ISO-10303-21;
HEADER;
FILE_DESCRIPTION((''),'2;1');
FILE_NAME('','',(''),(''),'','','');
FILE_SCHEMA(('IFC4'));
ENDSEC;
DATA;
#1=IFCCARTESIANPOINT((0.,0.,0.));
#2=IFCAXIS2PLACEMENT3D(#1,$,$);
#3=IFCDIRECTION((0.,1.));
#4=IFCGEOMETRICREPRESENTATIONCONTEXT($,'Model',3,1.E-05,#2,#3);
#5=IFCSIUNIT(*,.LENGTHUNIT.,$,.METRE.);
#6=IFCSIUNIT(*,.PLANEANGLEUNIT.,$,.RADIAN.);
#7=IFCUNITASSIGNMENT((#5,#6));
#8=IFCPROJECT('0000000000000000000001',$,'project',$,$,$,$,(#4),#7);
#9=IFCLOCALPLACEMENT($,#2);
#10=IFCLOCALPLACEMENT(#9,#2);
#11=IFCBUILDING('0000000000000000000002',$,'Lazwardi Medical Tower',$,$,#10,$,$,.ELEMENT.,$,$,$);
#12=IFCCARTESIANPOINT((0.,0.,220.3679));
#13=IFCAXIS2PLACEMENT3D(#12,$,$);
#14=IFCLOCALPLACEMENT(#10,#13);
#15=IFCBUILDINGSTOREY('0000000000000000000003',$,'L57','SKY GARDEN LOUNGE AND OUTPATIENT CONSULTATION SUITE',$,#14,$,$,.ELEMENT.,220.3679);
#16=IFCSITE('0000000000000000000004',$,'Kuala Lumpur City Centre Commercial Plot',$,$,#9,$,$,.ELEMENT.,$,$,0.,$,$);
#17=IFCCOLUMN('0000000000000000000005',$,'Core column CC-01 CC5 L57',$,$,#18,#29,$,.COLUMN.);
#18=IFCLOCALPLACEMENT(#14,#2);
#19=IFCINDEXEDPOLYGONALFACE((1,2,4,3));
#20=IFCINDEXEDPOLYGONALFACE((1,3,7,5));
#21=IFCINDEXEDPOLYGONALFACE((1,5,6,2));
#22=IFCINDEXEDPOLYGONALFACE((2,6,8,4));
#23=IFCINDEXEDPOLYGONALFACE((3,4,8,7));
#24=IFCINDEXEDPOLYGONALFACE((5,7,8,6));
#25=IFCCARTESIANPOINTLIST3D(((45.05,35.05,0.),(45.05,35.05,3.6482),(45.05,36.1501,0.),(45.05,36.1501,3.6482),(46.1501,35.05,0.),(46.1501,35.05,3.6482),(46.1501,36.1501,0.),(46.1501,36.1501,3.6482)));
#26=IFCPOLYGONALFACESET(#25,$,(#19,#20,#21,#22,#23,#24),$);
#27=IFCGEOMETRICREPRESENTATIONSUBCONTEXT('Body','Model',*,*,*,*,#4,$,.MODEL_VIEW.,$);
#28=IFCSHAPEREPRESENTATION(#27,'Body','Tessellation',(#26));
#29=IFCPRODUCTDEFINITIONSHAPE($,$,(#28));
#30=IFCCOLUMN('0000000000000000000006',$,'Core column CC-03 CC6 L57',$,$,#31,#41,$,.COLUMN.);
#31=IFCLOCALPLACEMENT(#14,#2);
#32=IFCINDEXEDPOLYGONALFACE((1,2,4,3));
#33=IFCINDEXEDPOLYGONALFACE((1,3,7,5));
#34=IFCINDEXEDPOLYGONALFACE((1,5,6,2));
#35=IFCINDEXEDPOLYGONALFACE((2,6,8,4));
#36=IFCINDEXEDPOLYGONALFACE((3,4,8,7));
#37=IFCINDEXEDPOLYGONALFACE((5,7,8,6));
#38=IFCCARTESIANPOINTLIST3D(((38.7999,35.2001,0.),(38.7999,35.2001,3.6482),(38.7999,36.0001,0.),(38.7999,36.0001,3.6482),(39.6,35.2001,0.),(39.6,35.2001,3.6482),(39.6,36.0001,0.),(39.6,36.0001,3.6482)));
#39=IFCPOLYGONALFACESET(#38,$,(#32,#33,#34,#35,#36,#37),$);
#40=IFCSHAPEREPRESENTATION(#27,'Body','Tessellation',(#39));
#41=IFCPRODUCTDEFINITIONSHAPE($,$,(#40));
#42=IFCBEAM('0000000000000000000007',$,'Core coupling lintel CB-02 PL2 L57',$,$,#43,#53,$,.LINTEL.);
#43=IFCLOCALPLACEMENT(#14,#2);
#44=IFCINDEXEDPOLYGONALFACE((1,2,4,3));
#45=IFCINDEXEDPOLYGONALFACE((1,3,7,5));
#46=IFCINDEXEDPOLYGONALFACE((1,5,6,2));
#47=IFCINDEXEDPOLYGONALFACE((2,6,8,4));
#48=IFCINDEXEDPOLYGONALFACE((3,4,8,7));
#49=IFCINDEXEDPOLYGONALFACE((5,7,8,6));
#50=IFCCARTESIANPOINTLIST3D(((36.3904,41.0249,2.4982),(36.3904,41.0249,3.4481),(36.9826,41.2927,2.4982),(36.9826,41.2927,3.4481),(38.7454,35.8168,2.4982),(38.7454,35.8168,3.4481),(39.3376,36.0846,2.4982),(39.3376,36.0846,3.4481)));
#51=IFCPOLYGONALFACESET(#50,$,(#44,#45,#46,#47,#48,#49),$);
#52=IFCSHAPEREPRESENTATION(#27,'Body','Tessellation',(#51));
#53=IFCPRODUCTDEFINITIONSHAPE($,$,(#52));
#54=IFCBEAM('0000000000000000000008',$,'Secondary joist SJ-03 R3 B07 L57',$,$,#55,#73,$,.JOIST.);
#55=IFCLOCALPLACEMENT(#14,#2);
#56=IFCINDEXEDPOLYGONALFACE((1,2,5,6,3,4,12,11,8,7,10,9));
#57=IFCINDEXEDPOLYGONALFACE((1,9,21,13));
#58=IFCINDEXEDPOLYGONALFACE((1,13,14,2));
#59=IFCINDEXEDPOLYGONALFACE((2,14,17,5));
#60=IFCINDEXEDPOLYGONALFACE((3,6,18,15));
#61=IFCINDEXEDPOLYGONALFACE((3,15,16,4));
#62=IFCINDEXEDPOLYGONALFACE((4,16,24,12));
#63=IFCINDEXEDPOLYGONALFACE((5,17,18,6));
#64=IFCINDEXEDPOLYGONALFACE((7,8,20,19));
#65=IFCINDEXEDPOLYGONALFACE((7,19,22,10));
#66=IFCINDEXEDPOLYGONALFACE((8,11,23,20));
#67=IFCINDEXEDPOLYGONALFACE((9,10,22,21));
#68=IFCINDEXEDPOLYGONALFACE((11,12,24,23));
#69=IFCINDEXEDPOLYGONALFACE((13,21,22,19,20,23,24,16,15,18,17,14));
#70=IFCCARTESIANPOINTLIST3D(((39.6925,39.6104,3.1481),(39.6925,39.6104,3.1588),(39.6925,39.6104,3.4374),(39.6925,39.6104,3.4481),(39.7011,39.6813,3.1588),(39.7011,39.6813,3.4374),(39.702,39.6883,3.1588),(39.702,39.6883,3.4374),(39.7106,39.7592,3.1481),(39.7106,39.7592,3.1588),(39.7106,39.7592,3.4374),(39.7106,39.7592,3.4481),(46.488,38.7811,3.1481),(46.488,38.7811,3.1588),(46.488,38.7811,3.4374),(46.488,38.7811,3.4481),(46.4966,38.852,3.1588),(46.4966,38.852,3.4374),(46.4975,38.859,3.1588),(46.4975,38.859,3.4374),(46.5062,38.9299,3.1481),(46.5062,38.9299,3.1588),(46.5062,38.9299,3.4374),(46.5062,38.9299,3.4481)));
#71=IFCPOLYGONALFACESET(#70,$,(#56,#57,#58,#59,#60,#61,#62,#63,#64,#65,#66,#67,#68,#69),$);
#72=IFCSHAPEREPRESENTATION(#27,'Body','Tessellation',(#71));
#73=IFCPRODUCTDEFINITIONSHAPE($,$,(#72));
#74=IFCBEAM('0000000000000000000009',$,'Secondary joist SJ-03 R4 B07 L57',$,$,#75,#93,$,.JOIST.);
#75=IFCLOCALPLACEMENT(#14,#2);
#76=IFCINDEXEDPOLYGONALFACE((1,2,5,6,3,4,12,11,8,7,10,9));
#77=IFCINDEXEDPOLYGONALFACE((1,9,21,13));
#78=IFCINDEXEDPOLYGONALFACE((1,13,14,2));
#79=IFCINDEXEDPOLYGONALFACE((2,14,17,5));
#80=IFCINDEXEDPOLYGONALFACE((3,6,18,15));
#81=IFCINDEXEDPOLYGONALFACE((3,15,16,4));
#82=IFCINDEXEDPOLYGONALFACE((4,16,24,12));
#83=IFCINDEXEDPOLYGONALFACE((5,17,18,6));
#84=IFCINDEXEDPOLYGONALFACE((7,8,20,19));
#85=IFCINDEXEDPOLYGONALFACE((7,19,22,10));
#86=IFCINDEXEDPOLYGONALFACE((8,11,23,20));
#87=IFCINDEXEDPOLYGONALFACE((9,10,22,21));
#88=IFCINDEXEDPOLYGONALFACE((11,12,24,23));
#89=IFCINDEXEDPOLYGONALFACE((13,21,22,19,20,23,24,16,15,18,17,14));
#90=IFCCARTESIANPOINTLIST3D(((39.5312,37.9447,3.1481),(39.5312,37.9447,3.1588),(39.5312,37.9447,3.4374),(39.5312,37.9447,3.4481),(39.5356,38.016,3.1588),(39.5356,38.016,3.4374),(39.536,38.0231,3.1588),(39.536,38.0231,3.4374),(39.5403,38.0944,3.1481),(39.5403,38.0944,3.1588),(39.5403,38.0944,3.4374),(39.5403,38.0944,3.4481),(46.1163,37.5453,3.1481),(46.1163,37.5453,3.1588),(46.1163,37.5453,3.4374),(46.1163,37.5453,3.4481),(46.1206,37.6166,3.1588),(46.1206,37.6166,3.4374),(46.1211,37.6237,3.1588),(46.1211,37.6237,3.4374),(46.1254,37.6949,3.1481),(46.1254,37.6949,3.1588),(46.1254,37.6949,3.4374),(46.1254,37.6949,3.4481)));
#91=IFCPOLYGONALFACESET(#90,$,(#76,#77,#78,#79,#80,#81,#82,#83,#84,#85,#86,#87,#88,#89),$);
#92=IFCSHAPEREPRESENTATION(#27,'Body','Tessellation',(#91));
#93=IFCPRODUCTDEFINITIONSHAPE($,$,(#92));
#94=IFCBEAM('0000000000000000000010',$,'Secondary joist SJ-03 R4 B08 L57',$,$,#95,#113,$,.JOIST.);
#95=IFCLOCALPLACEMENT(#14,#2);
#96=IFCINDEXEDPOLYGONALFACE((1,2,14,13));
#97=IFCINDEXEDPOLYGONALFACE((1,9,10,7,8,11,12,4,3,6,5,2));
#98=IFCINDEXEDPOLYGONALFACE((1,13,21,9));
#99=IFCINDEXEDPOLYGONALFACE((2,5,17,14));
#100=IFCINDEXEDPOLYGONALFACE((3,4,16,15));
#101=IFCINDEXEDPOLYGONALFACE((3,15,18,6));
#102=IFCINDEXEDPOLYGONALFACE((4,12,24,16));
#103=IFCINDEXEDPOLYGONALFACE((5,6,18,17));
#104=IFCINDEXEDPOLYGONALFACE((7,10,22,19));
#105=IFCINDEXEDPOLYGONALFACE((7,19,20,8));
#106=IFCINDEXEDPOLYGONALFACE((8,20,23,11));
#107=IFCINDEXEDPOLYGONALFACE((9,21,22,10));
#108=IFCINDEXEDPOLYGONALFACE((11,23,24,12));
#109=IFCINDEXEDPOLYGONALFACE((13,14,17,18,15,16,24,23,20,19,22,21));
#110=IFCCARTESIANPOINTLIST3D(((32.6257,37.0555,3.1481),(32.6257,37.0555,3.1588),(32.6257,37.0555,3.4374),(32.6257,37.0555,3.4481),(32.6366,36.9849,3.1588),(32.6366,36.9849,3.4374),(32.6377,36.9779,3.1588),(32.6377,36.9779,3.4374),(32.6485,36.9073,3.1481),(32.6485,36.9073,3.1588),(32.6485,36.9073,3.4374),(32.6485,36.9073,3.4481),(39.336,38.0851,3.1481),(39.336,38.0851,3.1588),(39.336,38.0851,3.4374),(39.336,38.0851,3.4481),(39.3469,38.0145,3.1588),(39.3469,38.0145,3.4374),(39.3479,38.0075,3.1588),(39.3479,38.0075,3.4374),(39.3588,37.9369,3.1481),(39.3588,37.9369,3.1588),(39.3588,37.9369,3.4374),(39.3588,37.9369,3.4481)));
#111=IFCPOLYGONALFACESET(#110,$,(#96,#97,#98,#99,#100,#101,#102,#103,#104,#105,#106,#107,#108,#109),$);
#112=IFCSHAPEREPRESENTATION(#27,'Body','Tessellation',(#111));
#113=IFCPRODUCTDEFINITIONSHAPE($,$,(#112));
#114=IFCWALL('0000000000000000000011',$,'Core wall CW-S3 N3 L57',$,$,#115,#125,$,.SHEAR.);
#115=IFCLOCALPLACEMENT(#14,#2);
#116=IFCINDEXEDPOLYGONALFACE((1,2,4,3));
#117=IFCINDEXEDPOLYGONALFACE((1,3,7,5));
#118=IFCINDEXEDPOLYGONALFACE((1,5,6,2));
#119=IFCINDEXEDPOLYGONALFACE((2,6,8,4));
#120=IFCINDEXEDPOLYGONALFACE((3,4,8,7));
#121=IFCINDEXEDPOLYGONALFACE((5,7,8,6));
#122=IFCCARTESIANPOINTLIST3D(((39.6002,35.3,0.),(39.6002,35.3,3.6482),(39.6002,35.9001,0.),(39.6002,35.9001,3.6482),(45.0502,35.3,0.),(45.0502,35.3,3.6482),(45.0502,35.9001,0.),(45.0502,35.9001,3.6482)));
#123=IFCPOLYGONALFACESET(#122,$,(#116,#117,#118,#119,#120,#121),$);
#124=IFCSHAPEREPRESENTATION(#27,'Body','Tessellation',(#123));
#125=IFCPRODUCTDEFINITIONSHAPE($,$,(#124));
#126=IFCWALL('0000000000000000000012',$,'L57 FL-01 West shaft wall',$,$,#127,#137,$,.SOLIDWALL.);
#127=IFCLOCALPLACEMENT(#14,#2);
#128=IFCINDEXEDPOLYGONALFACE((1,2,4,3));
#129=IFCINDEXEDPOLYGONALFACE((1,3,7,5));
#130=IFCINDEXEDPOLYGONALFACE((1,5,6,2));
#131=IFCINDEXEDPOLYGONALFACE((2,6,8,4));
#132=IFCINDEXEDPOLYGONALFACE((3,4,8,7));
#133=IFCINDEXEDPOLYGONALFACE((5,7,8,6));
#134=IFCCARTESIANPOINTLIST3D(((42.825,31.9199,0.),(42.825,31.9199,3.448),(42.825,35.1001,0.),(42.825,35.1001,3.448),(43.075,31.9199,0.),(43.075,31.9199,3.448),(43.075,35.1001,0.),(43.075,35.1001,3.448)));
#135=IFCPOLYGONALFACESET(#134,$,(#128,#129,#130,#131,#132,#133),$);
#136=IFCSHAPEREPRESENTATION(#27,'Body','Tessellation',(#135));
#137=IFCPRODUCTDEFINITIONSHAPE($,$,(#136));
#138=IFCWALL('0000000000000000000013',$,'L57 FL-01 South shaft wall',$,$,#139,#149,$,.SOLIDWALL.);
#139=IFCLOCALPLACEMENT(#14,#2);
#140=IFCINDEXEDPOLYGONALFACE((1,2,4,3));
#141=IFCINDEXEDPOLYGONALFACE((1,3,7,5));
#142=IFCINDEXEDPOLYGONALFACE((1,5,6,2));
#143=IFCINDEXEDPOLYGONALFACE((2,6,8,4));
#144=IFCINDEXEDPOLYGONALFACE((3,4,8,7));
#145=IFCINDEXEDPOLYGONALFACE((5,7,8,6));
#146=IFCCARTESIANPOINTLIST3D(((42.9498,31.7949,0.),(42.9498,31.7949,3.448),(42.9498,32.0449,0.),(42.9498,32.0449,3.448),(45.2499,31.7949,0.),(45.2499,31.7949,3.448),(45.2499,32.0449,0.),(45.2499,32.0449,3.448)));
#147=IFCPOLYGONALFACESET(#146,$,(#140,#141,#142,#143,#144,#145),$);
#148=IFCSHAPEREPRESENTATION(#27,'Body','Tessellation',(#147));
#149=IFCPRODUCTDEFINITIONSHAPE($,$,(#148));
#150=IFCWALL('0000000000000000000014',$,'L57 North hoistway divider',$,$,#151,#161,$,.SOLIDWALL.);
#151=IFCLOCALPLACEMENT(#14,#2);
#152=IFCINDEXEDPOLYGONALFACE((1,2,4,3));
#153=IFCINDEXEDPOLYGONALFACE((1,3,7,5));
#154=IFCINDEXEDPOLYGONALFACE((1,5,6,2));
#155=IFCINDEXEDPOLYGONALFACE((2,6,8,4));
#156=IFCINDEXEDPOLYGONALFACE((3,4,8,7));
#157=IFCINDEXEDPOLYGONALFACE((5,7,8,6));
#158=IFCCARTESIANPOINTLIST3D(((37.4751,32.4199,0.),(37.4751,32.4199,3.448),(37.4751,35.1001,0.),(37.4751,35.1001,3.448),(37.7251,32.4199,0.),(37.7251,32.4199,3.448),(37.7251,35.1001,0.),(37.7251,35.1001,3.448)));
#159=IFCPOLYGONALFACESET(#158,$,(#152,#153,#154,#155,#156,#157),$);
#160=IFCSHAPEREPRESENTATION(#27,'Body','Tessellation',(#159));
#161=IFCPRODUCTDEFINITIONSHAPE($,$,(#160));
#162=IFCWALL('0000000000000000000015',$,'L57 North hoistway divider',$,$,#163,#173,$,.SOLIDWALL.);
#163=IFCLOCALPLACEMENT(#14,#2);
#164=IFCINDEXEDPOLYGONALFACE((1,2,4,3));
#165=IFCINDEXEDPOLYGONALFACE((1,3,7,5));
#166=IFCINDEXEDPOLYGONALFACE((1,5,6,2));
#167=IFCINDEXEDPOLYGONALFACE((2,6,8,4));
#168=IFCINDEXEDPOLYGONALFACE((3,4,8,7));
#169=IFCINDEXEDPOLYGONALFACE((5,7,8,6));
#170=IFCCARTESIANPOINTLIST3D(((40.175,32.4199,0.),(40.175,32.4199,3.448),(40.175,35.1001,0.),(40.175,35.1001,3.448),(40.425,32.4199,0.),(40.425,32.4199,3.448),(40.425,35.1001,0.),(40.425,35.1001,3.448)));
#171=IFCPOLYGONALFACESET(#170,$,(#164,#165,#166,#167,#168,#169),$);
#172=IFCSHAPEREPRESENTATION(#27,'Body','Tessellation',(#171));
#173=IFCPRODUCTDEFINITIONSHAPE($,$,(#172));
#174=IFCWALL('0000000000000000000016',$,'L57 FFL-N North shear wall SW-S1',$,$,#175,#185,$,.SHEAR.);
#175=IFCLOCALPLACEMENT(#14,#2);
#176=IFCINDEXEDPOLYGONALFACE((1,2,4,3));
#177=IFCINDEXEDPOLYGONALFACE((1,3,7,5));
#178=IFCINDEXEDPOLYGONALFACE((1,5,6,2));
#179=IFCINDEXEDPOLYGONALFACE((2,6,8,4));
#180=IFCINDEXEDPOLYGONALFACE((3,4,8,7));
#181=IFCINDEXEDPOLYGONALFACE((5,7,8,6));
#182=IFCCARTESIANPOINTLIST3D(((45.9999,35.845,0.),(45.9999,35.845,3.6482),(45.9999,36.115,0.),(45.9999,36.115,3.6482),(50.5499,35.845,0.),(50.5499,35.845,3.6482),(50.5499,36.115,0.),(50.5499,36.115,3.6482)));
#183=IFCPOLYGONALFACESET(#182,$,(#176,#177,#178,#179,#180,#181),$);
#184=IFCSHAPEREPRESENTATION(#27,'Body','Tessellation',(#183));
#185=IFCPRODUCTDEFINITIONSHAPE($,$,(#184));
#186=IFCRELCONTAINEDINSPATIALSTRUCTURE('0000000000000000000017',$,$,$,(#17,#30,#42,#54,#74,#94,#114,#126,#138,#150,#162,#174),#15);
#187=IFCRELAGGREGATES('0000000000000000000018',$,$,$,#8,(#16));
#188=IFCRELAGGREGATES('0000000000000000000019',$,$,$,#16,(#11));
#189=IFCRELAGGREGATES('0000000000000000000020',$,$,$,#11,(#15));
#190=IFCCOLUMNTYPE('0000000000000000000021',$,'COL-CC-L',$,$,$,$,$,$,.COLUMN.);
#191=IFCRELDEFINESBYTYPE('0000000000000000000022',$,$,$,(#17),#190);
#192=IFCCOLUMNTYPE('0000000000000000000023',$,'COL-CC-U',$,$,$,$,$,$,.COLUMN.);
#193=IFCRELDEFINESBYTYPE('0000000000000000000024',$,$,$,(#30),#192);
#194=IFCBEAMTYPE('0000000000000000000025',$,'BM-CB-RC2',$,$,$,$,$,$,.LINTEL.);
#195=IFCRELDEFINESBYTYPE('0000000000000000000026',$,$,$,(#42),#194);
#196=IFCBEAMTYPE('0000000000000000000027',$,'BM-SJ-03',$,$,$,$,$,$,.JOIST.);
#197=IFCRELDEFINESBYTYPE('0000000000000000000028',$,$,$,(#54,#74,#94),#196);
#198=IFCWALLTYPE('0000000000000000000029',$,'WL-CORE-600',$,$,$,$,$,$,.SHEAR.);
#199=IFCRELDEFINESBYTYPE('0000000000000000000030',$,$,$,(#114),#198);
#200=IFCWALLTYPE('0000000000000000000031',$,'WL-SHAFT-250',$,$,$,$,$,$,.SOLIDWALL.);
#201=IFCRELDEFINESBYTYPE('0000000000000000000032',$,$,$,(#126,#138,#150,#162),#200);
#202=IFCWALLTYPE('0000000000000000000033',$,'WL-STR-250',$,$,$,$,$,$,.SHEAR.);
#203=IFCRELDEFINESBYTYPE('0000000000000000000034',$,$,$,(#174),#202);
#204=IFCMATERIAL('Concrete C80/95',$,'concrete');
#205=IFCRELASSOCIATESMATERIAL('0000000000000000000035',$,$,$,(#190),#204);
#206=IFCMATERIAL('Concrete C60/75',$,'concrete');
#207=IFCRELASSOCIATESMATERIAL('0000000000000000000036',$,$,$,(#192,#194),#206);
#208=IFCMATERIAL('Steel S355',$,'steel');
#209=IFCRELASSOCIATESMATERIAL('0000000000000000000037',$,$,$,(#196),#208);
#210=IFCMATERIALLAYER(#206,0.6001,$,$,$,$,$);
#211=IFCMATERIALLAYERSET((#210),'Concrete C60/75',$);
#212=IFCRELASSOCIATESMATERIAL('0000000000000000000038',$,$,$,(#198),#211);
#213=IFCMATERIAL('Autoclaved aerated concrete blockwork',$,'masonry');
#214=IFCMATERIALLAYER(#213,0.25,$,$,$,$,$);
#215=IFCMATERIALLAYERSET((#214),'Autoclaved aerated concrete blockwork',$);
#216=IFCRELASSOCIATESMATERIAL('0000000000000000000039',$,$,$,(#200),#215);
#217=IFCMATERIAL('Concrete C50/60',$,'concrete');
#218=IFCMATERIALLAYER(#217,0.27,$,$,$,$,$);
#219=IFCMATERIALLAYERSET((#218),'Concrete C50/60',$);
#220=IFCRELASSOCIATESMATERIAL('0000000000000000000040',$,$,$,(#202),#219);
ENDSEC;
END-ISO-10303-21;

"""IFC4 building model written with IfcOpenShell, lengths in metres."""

from ifc_helpers import new_model, si_unit, direction, frame, frame_2d, origin, origin_2d, place, context, subcontext, project, spatial, rectangle, i_section, extrude, material, layer, layer_set, material_profile, profile_set, type_object, element, save


model = new_model("IFC4")

# Units and contexts
model_context = context("Model", 3, precision=1e-05, world=origin(), true_north=direction((0.0, 1.0)))
body_context = subcontext(model_context, "Body", "Model", "MODEL_VIEW")
ifc_project = project(units=[si_unit("LENGTHUNIT", "METRE"), si_unit("PLANEANGLEUNIT", "RADIAN")], contexts=[model_context])

# Site, building, storey
site_placement = place(None, origin())
site = spatial("IfcSite", under=ifc_project, at=site_placement, Name="Kuala Lumpur City Centre Commercial Plot", CompositionType="ELEMENT", RefElevation=0.0)
building_placement = place(site_placement, origin())
building = spatial("IfcBuilding", under=site, at=building_placement, Name="Lazwardi Medical Tower", CompositionType="ELEMENT")
storey_placement = place(building_placement, frame((0.0, 0.0, 220.3679)))
storey = spatial("IfcBuildingStorey", under=building, at=storey_placement, Name="L57", Description="SKY GARDEN LOUNGE AND OUTPATIENT CONSULTATION SUITE", CompositionType="ELEMENT", Elevation=220.3679)

# Columns
ifc_material_1 = material(Name="Concrete C80/95", Category="concrete")
ifc_material_profile_1 = material_profile(ifc_material_1, rectangle(XDim=1.1001, YDim=1.1001, at=origin_2d()), Name="RC 1100x1100")
ifc_profile_set_1 = profile_set([ifc_material_profile_1], Name="Concrete C80/95")
column_type_1 = type_object("IfcColumnType", Name="COL-CC-L", PredefinedType="COLUMN", material=ifc_profile_set_1)
column_1_placement = place(storey_placement, frame((45.6001, 35.6001, 0.0), z_axis=(0.0, 0.0, 1.0), x_axis=(1.0, 0.0, 0.0)))
element("IfcColumn", 1, at=column_1_placement, inside=storey, type_object=column_type_1, Name="Core column CC-01 CC5 L57", PredefinedType="COLUMN", context=body_context, shape_type="SweptSolid", body=[
    extrude(rectangle(XDim=1.1001, YDim=1.1001, at=origin_2d()), origin(), (0.0, 0.0, 1.0), 3.6482),
])
ifc_material_2 = material(Name="Concrete C60/75", Category="concrete")
ifc_material_profile_2 = material_profile(ifc_material_2, rectangle(XDim=0.8, YDim=0.8, at=origin_2d()), Name="RC 800x800")
ifc_profile_set_2 = profile_set([ifc_material_profile_2], Name="Concrete C60/75")
column_type_2 = type_object("IfcColumnType", Name="COL-CC-U", PredefinedType="COLUMN", material=ifc_profile_set_2)
column_2_placement = place(storey_placement, frame((39.2, 35.6001, 0.0), z_axis=(0.0, 0.0, 1.0), x_axis=(1.0, 0.0, 0.0)))
element("IfcColumn", 2, at=column_2_placement, inside=storey, type_object=column_type_2, Name="Core column CC-03 CC6 L57", PredefinedType="COLUMN", context=body_context, shape_type="SweptSolid", body=[
    extrude(rectangle(XDim=0.8, YDim=0.8, at=origin_2d()), origin(), (0.0, 0.0, 1.0), 3.6482),
])

# Beams
ifc_material_profile_3 = material_profile(ifc_material_2, rectangle(XDim=0.6499, YDim=0.95, at=origin_2d()), Name="RC 650x950")
ifc_profile_set_3 = profile_set([ifc_material_profile_3], Name="Concrete C60/75")
beam_type_1 = type_object("IfcBeamType", Name="BM-CB-RC2", PredefinedType="LINTEL", material=ifc_profile_set_3)
beam_1_placement = place(storey_placement, frame((39.0415, 35.9507, 2.9731), z_axis=(-0.412019, 0.911175, 0.0), x_axis=(-0.911175, -0.412019, 0.0)))
element("IfcBeam", 3, at=beam_1_placement, inside=storey, type_object=beam_type_1, Name="Core coupling lintel CB-02 PL2 L57", PredefinedType="LINTEL", context=body_context, shape_type="SweptSolid", body=[
    extrude(rectangle(XDim=0.6499, YDim=0.95, at=origin_2d()), origin(), (0.0, 0.0, 1.0), 5.7158),
])
ifc_material_3 = material(Name="Steel S355", Category="steel")
ifc_material_profile_4 = material_profile(ifc_material_3, i_section(OverallWidth=0.1499, OverallDepth=0.3, WebThickness=0.0071, FlangeThickness=0.0107, at=origin_2d()), Name="IPE 300")
ifc_profile_set_4 = profile_set([ifc_material_profile_4], Name="Steel S355")
beam_type_2 = type_object("IfcBeamType", Name="BM-SJ-03", PredefinedType="JOIST", material=ifc_profile_set_4)
beam_2_placement = place(storey_placement, frame((46.4971, 38.8555, 3.2981), z_axis=(-0.992635, 0.121146, 0.0), x_axis=(-0.121146, -0.992635, 0.0)))
element("IfcBeam", 4, at=beam_2_placement, inside=storey, type_object=beam_type_2, Name="Secondary joist SJ-03 R3 B07 L57", PredefinedType="JOIST", context=body_context, shape_type="SweptSolid", body=[
    extrude(i_section(OverallWidth=0.1499, OverallDepth=0.3, WebThickness=0.0071, FlangeThickness=0.0107, at=origin_2d()), origin(), (0.0, 0.0, 1.0), 6.8459),
])
beam_3_placement = place(storey_placement, frame((46.1208, 37.6201, 3.2981), z_axis=(-0.998166, 0.060544, 0.0), x_axis=(-0.060544, -0.998166, 0.0)))
element("IfcBeam", 5, at=beam_3_placement, inside=storey, type_object=beam_type_2, Name="Secondary joist SJ-03 R4 B07 L57", PredefinedType="JOIST", context=body_context, shape_type="SweptSolid", body=[
    extrude(i_section(OverallWidth=0.1499, OverallDepth=0.3, WebThickness=0.0071, FlangeThickness=0.0107, at=origin_2d()), origin(), (0.0, 0.0, 1.0), 6.5972),
])
beam_4_placement = place(storey_placement, frame((39.3474, 38.011, 3.2981), z_axis=(-0.988434, -0.151655, 0.0), x_axis=(0.151655, -0.988434, 0.0)))
element("IfcBeam", 6, at=beam_4_placement, inside=storey, type_object=beam_type_2, Name="Secondary joist SJ-03 R4 B08 L57", PredefinedType="JOIST", context=body_context, shape_type="SweptSolid", body=[
    extrude(i_section(OverallWidth=0.1499, OverallDepth=0.3, WebThickness=0.0071, FlangeThickness=0.0107, at=origin_2d()), origin(), (0.0, 0.0, 1.0), 6.7888),
])

# Walls
ifc_layer_1 = layer(ifc_material_2, 0.6001)
ifc_layer_set_1 = layer_set([ifc_layer_1], Name="Concrete C60/75")
wall_type_1 = type_object("IfcWallType", Name="WL-CORE-600", PredefinedType="SHEAR", material=ifc_layer_set_1)
wall_1_placement = place(storey_placement, frame((39.6001, 35.6001, 0.0), z_axis=(0.0, 0.0, 1.0), x_axis=(1.0, 0.0, 0.0)))
element("IfcWall", 7, at=wall_1_placement, inside=storey, type_object=wall_type_1, Name="Core wall CW-S3 N3 L57", PredefinedType="SHEAR", context=body_context, shape_type="SweptSolid", body=[
    extrude(rectangle(XDim=5.45, YDim=0.6001, at=frame_2d((2.7251, 0.0))), origin(), (0.0, 0.0, 1.0), 3.6482),
])
ifc_material_4 = material(Name="Autoclaved aerated concrete blockwork", Category="masonry")
ifc_layer_2 = layer(ifc_material_4, 0.25)
ifc_layer_set_2 = layer_set([ifc_layer_2], Name="Autoclaved aerated concrete blockwork")
wall_type_2 = type_object("IfcWallType", Name="WL-SHAFT-250", PredefinedType="SOLIDWALL", material=ifc_layer_set_2)
wall_2_placement = place(storey_placement, frame((42.95, 31.9199, 0.0), z_axis=(0.0, 0.0, 1.0), x_axis=(0.0, 1.0, 0.0)))
element("IfcWall", 8, at=wall_2_placement, inside=storey, type_object=wall_type_2, Name="L57 FL-01 West shaft wall", PredefinedType="SOLIDWALL", context=body_context, shape_type="SweptSolid", body=[
    extrude(rectangle(XDim=3.1802, YDim=0.25, at=frame_2d((1.5901, 0.0))), origin(), (0.0, 0.0, 1.0), 3.448),
])
wall_3_placement = place(storey_placement, frame((42.95, 31.9199, 0.0), z_axis=(0.0, 0.0, 1.0), x_axis=(1.0, 0.0, 0.0)))
element("IfcWall", 9, at=wall_3_placement, inside=storey, type_object=wall_type_2, Name="L57 FL-01 South shaft wall", PredefinedType="SOLIDWALL", context=body_context, shape_type="SweptSolid", body=[
    extrude(rectangle(XDim=2.3, YDim=0.25, at=frame_2d((1.1499, 0.0))), origin(), (0.0, 0.0, 1.0), 3.448),
])
for number, where, z_axis, x_axis, name in (
    (10, (37.6001, 32.4199, 0.0), (0.0, 0.0, 1.0), (0.0, 1.0, 0.0), "L57 North hoistway divider"),
    (11, (40.3, 32.4199, 0.0), (0.0, 0.0, 1.0), (0.0, 1.0, 0.0), "L57 North hoistway divider"),
):
    element("IfcWall", number, at=place(storey_placement, frame(where, z_axis=z_axis, x_axis=x_axis)), inside=storey, type_object=wall_type_2, Name=name, PredefinedType="SOLIDWALL", context=body_context, shape_type="SweptSolid", body=[
        extrude(rectangle(XDim=2.6802, YDim=0.25, at=frame_2d((1.3401, 0.0))), origin(), (0.0, 0.0, 1.0), 3.448),
    ])
ifc_material_5 = material(Name="Concrete C50/60", Category="concrete")
ifc_layer_3 = layer(ifc_material_5, 0.27)
ifc_layer_set_3 = layer_set([ifc_layer_3], Name="Concrete C50/60")
wall_type_3 = type_object("IfcWallType", Name="WL-STR-250", PredefinedType="SHEAR", material=ifc_layer_set_3)
wall_4_placement = place(storey_placement, frame((46.0, 35.98, 0.0), z_axis=(0.0, 0.0, 1.0), x_axis=(1.0, 0.0, 0.0)))
element("IfcWall", 12, at=wall_4_placement, inside=storey, type_object=wall_type_3, Name="L57 FFL-N North shear wall SW-S1", PredefinedType="SHEAR", context=body_context, shape_type="SweptSolid", body=[
    extrude(rectangle(XDim=4.55, YDim=0.27, at=frame_2d((2.2749, 0.0))), origin(), (0.0, 0.0, 1.0), 3.6482),
])

save(model, "model.ifc")
